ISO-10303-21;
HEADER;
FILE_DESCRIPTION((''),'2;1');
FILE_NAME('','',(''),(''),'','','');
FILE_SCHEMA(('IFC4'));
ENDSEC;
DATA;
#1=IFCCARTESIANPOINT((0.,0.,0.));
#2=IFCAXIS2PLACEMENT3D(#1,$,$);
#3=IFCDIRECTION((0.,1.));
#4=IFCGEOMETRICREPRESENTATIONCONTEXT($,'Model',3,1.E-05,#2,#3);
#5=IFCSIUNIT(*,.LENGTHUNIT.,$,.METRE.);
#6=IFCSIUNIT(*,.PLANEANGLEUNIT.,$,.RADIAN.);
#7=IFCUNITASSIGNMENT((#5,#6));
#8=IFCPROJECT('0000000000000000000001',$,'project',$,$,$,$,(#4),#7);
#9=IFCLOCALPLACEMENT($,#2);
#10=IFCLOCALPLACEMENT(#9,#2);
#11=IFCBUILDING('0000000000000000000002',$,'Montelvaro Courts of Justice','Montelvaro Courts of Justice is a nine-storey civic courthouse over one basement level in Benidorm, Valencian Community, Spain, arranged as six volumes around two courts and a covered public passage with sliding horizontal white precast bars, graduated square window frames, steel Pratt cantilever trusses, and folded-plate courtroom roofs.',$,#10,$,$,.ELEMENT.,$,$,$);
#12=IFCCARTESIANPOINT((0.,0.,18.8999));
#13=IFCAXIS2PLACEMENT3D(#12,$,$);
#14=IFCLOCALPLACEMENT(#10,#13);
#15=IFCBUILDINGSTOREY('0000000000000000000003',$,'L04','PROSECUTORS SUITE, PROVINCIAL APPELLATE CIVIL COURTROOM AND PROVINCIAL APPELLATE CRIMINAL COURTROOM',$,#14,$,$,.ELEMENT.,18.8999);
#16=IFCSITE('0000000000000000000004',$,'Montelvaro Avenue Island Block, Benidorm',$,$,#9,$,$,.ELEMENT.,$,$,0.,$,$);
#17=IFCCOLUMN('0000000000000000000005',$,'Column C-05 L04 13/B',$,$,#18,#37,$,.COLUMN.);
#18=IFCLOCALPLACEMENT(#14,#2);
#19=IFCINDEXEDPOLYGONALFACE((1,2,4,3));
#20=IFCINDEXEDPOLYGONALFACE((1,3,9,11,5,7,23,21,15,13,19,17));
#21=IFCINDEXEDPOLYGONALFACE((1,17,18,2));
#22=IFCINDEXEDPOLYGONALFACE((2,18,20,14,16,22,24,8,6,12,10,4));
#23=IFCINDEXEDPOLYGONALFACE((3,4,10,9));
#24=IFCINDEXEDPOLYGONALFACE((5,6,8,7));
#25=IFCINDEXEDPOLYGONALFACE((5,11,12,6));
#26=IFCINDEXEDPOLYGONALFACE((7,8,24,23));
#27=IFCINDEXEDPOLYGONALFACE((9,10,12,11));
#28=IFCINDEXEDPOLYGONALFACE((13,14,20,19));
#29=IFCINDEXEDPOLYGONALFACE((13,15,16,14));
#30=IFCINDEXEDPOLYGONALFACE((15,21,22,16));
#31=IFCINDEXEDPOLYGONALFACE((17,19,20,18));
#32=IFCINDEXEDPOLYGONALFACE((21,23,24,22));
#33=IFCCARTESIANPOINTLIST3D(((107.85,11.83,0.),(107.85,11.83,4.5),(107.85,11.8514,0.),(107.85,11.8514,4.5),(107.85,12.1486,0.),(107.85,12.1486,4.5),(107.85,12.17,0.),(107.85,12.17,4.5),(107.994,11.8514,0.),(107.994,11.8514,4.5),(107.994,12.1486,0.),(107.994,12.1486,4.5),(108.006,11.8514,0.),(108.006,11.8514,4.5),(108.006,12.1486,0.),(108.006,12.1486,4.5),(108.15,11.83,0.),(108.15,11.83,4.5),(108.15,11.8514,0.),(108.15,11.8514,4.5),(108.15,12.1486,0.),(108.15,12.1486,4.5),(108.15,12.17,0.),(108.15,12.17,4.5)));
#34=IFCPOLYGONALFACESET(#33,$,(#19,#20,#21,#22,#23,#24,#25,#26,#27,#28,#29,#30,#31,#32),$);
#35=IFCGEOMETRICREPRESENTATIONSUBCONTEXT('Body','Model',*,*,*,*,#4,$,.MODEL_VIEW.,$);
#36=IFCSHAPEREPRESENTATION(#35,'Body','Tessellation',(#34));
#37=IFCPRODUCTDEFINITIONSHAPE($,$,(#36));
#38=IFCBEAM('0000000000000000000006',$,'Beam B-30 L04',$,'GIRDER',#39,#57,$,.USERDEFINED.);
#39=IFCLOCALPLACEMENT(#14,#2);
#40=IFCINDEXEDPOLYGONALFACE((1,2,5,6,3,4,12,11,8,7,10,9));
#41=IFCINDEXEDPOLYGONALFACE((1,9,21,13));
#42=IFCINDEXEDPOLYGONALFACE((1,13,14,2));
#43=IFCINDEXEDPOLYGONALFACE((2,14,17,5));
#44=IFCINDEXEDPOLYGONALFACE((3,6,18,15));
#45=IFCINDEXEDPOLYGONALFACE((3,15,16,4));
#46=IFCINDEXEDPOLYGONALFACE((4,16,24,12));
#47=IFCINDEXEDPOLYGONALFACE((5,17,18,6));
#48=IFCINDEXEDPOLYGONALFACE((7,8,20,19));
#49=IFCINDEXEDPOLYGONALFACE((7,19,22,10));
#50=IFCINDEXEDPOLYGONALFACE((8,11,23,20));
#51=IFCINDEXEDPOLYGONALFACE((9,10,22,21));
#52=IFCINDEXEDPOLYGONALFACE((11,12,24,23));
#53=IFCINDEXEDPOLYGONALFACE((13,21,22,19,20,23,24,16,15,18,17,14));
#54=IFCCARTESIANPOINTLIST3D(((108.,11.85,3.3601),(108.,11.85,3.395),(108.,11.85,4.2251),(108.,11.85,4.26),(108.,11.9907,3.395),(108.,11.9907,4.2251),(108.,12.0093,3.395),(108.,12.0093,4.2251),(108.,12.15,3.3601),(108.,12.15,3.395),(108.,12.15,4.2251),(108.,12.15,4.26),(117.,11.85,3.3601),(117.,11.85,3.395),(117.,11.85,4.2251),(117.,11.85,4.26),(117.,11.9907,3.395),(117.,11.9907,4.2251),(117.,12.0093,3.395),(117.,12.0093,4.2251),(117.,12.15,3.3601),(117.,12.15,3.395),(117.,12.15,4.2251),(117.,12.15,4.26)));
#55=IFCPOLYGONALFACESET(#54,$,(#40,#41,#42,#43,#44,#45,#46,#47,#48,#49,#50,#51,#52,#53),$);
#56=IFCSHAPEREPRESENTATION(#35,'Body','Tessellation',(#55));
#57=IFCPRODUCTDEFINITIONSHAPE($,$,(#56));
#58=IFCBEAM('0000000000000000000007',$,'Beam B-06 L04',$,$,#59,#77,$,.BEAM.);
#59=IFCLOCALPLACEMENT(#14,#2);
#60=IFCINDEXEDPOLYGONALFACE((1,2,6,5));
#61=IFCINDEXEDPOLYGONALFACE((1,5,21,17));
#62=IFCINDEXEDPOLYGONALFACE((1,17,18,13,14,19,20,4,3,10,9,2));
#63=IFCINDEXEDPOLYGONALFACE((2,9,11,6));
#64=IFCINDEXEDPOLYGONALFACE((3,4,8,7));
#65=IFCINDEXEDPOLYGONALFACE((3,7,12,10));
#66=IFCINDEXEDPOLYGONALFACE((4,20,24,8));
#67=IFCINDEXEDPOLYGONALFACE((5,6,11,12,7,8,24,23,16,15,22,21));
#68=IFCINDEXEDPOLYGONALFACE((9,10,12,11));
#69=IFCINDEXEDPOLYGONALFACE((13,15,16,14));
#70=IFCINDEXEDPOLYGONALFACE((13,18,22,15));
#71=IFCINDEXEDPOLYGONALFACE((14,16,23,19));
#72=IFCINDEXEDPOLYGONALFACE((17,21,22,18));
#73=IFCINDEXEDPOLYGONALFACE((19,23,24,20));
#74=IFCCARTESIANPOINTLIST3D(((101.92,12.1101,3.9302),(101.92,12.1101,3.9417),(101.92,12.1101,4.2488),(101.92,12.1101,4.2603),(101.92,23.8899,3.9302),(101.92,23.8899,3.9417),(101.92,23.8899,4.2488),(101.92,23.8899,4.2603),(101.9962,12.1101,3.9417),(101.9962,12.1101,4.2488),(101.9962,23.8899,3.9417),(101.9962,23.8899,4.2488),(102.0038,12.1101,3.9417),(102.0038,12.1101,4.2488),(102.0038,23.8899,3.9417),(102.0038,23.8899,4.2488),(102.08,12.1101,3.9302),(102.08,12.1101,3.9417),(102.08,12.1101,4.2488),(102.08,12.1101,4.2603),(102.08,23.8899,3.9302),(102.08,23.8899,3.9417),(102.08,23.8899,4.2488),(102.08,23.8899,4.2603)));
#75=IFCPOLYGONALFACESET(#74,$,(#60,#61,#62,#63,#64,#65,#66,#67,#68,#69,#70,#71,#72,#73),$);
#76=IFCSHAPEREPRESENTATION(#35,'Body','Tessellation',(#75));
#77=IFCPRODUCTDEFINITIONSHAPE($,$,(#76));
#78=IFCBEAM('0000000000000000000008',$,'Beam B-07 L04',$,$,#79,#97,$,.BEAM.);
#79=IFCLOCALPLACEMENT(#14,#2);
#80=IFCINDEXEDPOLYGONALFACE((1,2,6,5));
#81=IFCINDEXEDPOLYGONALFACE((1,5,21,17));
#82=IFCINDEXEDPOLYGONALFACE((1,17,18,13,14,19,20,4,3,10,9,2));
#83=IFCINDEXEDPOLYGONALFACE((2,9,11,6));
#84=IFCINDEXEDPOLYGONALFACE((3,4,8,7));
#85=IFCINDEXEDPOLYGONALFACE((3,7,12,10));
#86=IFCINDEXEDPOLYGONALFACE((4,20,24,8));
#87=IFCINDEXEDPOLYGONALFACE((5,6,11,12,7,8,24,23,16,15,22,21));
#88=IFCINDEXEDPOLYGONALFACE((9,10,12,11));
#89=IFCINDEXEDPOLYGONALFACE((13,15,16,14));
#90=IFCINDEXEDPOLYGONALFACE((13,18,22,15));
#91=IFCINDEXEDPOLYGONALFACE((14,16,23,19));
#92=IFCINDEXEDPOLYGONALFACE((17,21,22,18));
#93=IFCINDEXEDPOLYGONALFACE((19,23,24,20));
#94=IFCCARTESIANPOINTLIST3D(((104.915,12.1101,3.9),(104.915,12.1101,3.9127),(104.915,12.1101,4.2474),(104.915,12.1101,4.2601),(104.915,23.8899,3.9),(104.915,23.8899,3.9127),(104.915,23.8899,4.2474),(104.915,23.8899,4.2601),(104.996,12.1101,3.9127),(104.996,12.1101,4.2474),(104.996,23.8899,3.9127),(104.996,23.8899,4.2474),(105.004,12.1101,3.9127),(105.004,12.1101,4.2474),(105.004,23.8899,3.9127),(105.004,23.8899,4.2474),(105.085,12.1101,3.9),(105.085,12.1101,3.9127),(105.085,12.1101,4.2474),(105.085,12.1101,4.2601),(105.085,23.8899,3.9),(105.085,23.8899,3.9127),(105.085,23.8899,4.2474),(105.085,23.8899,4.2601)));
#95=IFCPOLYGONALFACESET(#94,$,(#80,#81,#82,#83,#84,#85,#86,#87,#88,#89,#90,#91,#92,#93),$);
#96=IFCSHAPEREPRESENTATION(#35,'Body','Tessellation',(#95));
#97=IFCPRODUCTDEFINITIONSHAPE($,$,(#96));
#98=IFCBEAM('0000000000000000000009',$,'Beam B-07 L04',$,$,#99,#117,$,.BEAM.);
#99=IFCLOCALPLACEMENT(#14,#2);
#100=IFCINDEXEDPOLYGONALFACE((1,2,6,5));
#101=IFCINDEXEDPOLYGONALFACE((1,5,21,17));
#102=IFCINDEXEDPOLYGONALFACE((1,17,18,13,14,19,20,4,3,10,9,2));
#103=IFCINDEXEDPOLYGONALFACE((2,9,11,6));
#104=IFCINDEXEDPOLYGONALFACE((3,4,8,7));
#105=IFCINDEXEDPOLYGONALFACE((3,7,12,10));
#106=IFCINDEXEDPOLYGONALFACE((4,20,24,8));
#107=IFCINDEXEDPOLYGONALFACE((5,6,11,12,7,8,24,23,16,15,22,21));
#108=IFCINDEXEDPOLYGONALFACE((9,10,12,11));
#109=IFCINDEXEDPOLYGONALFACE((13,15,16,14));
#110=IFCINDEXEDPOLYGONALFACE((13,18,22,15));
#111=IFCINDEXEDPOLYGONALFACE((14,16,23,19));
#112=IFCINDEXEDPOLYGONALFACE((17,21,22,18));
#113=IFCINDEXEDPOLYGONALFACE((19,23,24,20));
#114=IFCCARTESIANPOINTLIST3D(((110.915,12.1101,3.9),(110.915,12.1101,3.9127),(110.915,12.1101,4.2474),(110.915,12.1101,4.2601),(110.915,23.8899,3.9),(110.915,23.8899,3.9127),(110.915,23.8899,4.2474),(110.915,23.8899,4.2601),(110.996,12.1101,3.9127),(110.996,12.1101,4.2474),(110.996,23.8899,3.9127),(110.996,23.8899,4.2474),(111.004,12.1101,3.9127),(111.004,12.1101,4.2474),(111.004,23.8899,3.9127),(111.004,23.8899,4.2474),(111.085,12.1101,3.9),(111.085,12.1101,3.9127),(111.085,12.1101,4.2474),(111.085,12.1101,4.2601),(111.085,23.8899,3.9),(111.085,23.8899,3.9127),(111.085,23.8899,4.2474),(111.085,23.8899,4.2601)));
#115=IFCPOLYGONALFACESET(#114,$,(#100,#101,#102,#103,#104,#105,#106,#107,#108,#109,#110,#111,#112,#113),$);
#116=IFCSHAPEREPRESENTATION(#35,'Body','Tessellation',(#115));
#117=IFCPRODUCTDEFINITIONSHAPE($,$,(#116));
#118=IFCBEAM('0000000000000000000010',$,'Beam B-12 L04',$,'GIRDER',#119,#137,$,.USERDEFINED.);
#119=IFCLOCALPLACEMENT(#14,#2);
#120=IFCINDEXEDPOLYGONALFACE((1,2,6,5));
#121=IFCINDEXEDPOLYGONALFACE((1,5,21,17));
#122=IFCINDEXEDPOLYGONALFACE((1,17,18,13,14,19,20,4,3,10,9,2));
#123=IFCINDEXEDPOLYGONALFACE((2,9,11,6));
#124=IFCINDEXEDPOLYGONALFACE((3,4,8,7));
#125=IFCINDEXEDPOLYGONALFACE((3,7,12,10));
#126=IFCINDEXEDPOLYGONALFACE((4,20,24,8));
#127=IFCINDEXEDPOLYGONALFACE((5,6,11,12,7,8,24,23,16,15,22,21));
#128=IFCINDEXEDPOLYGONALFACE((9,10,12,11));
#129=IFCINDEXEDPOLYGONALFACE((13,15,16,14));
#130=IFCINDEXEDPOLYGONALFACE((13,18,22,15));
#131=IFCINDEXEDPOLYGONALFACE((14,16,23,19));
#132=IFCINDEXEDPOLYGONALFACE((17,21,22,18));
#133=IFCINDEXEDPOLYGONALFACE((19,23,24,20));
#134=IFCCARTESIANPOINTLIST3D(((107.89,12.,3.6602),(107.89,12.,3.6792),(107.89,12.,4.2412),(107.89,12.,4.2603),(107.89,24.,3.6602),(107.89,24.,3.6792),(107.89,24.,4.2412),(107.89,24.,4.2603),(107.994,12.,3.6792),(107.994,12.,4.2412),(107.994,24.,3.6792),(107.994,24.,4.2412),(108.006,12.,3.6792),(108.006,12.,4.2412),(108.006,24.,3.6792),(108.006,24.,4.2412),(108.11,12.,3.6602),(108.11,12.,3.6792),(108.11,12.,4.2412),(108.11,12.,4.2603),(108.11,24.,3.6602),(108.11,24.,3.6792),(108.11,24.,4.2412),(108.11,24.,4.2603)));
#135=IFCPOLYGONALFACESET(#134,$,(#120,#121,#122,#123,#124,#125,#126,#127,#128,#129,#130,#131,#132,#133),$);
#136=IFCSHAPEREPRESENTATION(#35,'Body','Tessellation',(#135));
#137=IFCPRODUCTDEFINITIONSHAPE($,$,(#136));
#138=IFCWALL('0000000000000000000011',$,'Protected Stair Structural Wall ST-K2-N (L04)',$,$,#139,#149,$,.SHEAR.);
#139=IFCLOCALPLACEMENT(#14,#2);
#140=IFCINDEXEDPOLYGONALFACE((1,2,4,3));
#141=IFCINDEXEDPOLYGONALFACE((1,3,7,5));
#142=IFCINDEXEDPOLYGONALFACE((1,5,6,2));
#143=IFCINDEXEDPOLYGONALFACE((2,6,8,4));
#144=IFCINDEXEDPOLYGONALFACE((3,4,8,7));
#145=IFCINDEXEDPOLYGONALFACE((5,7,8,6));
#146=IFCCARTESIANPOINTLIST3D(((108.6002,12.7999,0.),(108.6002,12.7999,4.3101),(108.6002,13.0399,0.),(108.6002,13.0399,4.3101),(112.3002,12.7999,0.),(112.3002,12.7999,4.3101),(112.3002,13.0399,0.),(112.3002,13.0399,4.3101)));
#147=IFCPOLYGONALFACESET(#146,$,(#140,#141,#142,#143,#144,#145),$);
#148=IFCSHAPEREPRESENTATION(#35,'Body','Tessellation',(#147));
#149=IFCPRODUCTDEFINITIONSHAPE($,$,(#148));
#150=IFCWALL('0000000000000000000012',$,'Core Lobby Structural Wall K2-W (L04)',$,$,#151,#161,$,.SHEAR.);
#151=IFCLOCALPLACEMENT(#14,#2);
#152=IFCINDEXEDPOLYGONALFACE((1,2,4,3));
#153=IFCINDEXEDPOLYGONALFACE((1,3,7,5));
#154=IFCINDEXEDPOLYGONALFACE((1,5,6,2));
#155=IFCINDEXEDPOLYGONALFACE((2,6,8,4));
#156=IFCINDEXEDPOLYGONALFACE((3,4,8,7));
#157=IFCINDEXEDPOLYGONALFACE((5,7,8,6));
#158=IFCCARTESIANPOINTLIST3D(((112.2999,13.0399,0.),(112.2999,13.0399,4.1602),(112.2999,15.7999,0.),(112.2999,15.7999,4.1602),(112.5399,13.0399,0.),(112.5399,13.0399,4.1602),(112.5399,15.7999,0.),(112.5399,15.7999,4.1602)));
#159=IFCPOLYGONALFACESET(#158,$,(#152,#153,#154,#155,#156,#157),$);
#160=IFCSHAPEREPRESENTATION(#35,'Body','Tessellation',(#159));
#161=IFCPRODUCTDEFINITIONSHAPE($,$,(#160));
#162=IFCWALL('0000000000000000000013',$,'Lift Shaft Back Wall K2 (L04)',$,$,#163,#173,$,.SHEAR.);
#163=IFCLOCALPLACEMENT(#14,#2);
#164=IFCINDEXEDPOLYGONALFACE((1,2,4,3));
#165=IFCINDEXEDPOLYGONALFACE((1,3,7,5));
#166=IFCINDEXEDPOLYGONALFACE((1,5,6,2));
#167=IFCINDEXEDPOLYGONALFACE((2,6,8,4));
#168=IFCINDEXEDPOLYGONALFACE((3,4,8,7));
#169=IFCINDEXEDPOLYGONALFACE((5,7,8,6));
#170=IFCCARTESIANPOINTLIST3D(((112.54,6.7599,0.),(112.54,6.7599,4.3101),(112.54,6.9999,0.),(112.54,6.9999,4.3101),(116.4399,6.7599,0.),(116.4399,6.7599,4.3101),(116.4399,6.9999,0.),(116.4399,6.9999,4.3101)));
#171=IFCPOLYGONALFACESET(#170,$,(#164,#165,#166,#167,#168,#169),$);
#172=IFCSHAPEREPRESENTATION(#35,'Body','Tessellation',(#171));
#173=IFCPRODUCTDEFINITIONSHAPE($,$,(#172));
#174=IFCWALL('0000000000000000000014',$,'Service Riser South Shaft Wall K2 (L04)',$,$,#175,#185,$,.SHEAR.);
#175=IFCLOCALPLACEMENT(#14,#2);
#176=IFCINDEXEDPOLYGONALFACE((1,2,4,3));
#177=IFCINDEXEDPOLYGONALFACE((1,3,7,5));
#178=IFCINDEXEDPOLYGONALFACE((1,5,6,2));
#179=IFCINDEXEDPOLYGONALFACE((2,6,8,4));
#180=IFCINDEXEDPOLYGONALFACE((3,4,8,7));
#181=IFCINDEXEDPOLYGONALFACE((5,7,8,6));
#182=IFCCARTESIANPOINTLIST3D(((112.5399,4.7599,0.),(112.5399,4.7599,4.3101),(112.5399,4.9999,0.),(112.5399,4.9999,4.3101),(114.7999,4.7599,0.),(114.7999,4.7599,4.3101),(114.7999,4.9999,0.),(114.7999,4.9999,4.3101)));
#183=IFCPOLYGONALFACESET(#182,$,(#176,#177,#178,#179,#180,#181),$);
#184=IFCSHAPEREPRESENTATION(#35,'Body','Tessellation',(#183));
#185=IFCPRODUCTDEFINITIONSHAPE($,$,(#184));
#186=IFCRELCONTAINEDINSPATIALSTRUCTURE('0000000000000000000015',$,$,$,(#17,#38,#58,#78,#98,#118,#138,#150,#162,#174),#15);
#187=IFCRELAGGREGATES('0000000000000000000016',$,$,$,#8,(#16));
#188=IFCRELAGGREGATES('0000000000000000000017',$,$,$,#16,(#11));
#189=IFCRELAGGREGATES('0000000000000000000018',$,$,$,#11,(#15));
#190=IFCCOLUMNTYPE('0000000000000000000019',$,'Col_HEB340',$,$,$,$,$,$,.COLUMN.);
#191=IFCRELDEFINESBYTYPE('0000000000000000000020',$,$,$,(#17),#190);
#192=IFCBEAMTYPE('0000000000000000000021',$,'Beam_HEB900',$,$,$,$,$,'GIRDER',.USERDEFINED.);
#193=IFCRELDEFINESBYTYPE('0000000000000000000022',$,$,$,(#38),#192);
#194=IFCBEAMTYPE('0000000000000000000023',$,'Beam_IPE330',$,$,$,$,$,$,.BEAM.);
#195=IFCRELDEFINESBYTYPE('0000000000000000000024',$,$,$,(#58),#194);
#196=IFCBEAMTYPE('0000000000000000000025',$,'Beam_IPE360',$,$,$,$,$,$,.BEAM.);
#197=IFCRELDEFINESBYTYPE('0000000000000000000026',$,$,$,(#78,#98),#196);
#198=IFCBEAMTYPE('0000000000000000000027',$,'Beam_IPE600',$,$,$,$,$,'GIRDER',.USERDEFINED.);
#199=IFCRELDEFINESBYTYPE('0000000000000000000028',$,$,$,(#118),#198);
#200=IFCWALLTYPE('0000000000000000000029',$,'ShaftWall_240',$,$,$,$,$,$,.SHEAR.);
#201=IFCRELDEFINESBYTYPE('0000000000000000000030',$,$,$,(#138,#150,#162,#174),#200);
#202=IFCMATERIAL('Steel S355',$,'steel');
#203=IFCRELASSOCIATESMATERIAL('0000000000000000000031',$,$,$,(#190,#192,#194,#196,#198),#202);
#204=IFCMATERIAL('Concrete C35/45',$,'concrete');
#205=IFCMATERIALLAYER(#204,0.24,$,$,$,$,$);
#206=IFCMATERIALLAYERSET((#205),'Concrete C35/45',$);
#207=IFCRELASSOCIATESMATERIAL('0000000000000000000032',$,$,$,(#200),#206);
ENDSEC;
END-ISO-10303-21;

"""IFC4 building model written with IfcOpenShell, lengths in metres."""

from ifc_helpers import new_model, si_unit, direction, frame, frame_2d, origin, origin_2d, place, context, subcontext, project, spatial, rectangle, i_section, extrude, material, layer, layer_set, material_profile, profile_set, type_object, element, save


model = new_model("IFC4")

# Units and contexts
model_context = context("Model", 3, precision=1e-05, world=origin(), true_north=direction((0.0, 1.0)))
body_context = subcontext(model_context, "Body", "Model", "MODEL_VIEW")
ifc_project = project(units=[si_unit("LENGTHUNIT", "METRE"), si_unit("PLANEANGLEUNIT", "RADIAN")], contexts=[model_context])

# Site, building, storey
site_placement = place(None, origin())
site = spatial("IfcSite", under=ifc_project, at=site_placement, Name="Montelvaro Avenue Island Block, Benidorm", CompositionType="ELEMENT", RefElevation=0.0)
building_placement = place(site_placement, origin())
building = spatial("IfcBuilding", under=site, at=building_placement, Name="Montelvaro Courts of Justice", Description="Montelvaro Courts of Justice is a nine-storey civic courthouse over one basement level in Benidorm, Valencian Community, Spain, arranged as six volumes around two courts and a covered public passage with sliding horizontal white precast bars, graduated square window frames, steel Pratt cantilever trusses, and folded-plate courtroom roofs.", CompositionType="ELEMENT")
storey_placement = place(building_placement, frame((0.0, 0.0, 18.8999)))
storey = spatial("IfcBuildingStorey", under=building, at=storey_placement, Name="L04", Description="PROSECUTORS SUITE, PROVINCIAL APPELLATE CIVIL COURTROOM AND PROVINCIAL APPELLATE CRIMINAL COURTROOM", CompositionType="ELEMENT", Elevation=18.8999)

# Column
ifc_material_1 = material(Name="Steel S355", Category="steel")
ifc_material_profile_1 = material_profile(ifc_material_1, i_section(OverallWidth=0.3, OverallDepth=0.3401, WebThickness=0.012, FlangeThickness=0.0215, at=origin_2d()), Name="HEB 340")
ifc_profile_set_1 = profile_set([ifc_material_profile_1], Name="Steel S355")
column_type = type_object("IfcColumnType", Name="Col_HEB340", PredefinedType="COLUMN", material=ifc_profile_set_1)
column_placement = place(storey_placement, frame((108.0, 12.0, 0.0), z_axis=(0.0, 0.0, 1.0), x_axis=(1.0, 0.0, 0.0)))
element("IfcColumn", 1, at=column_placement, inside=storey, type_object=column_type, Name="Column C-05 L04 13/B", PredefinedType="COLUMN", context=body_context, shape_type="SweptSolid", body=[
    extrude(i_section(OverallWidth=0.3, OverallDepth=0.3401, WebThickness=0.012, FlangeThickness=0.0215, at=origin_2d()), origin(), (0.0, 0.0, 1.0), 4.5),
])

# Beams
ifc_material_profile_2 = material_profile(ifc_material_1, i_section(OverallWidth=0.3, OverallDepth=0.8999, WebThickness=0.0186, FlangeThickness=0.0349, at=origin_2d()), Name="HEB 900")
ifc_profile_set_2 = profile_set([ifc_material_profile_2], Name="Steel S355")
beam_type_1 = type_object("IfcBeamType", Name="Beam_HEB900", ElementType="GIRDER", PredefinedType="USERDEFINED", material=ifc_profile_set_2)
beam_1_placement = place(storey_placement, frame((108.0, 12.0, 3.8101), z_axis=(1.0, 0.0, 0.0), x_axis=(0.0, 1.0, 0.0)))
element("IfcBeam", 2, at=beam_1_placement, inside=storey, type_object=beam_type_1, Name="Beam B-30 L04", ObjectType="GIRDER", PredefinedType="USERDEFINED", context=body_context, shape_type="SweptSolid", body=[
    extrude(i_section(OverallWidth=0.3, OverallDepth=0.8999, WebThickness=0.0186, FlangeThickness=0.0349, at=origin_2d()), origin(), (0.0, 0.0, 1.0), 9.0),
])
ifc_material_profile_3 = material_profile(ifc_material_1, i_section(OverallWidth=0.1599, OverallDepth=0.3301, WebThickness=0.0076, FlangeThickness=0.0115, at=origin_2d()), Name="IPE 330")
ifc_profile_set_3 = profile_set([ifc_material_profile_3], Name="Steel S355")
beam_type_2 = type_object("IfcBeamType", Name="Beam_IPE330", PredefinedType="BEAM", material=ifc_profile_set_3)
beam_2_placement = place(storey_placement, frame((102.0, 12.1101, 4.0952), z_axis=(0.0, 1.0, 0.0), x_axis=(-1.0, 0.0, 0.0)))
element("IfcBeam", 3, at=beam_2_placement, inside=storey, type_object=beam_type_2, Name="Beam B-06 L04", PredefinedType="BEAM", context=body_context, shape_type="SweptSolid", body=[
    extrude(i_section(OverallWidth=0.1599, OverallDepth=0.3301, WebThickness=0.0076, FlangeThickness=0.0115, at=origin_2d()), origin(), (0.0, 0.0, 1.0), 11.7798),
])
ifc_material_profile_4 = material_profile(ifc_material_1, i_section(OverallWidth=0.1699, OverallDepth=0.3601, WebThickness=0.0081, FlangeThickness=0.0127, at=origin_2d()), Name="IPE 360")
ifc_profile_set_4 = profile_set([ifc_material_profile_4], Name="Steel S355")
beam_type_3 = type_object("IfcBeamType", Name="Beam_IPE360", PredefinedType="BEAM", material=ifc_profile_set_4)
for number, where, z_axis, x_axis, name in (
    (4, (105.0, 12.1101, 4.0801), (0.0, 1.0, 0.0), (-1.0, 0.0, 0.0), "Beam B-07 L04"),
    (5, (111.0, 12.1101, 4.0801), (0.0, 1.0, 0.0), (-1.0, 0.0, 0.0), "Beam B-07 L04"),
):
    element("IfcBeam", number, at=place(storey_placement, frame(where, z_axis=z_axis, x_axis=x_axis)), inside=storey, type_object=beam_type_3, Name=name, PredefinedType="BEAM", context=body_context, shape_type="SweptSolid", body=[
        extrude(i_section(OverallWidth=0.1699, OverallDepth=0.3601, WebThickness=0.0081, FlangeThickness=0.0127, at=origin_2d()), origin(), (0.0, 0.0, 1.0), 11.7798),
    ])
ifc_material_profile_5 = material_profile(ifc_material_1, i_section(OverallWidth=0.22, OverallDepth=0.6001, WebThickness=0.012, FlangeThickness=0.019, at=origin_2d()), Name="IPE 600")
ifc_profile_set_5 = profile_set([ifc_material_profile_5], Name="Steel S355")
beam_type_4 = type_object("IfcBeamType", Name="Beam_IPE600", ElementType="GIRDER", PredefinedType="USERDEFINED", material=ifc_profile_set_5)
beam_3_placement = place(storey_placement, frame((108.0, 12.0, 3.9602), z_axis=(0.0, 1.0, 0.0), x_axis=(-1.0, 0.0, 0.0)))
element("IfcBeam", 6, at=beam_3_placement, inside=storey, type_object=beam_type_4, Name="Beam B-12 L04", ObjectType="GIRDER", PredefinedType="USERDEFINED", context=body_context, shape_type="SweptSolid", body=[
    extrude(i_section(OverallWidth=0.22, OverallDepth=0.6001, WebThickness=0.012, FlangeThickness=0.019, at=origin_2d()), origin(), (0.0, 0.0, 1.0), 12.0),
])

# Walls
ifc_material_2 = material(Name="Concrete C35/45", Category="concrete")
ifc_layer = layer(ifc_material_2, 0.24)
ifc_layer_set = layer_set([ifc_layer], Name="Concrete C35/45")
wall_type = type_object("IfcWallType", Name="ShaftWall_240", PredefinedType="SHEAR", material=ifc_layer_set)
wall_1_placement = place(storey_placement, frame((108.6001, 12.9199, 0.0), z_axis=(0.0, 0.0, 1.0), x_axis=(1.0, 0.0, 0.0)))
element("IfcWall", 7, at=wall_1_placement, inside=storey, type_object=wall_type, Name="Protected Stair Structural Wall ST-K2-N (L04)", PredefinedType="SHEAR", context=body_context, shape_type="SweptSolid", body=[
    extrude(rectangle(XDim=3.7, YDim=0.24, at=frame_2d((1.8501, 0.0))), origin(), (0.0, 0.0, 1.0), 4.3101),
])
wall_2_placement = place(storey_placement, frame((112.4199, 13.04, 0.0), z_axis=(0.0, 0.0, 1.0), x_axis=(0.0, 1.0, 0.0)))
element("IfcWall", 8, at=wall_2_placement, inside=storey, type_object=wall_type, Name="Core Lobby Structural Wall K2-W (L04)", PredefinedType="SHEAR", context=body_context, shape_type="SweptSolid", body=[
    extrude(rectangle(XDim=2.76, YDim=0.24, at=frame_2d((1.3799, 0.0))), origin(), (0.0, 0.0, 1.0), 4.1602),
])
wall_3_placement = place(storey_placement, frame((112.54, 6.8799, 0.0), z_axis=(0.0, 0.0, 1.0), x_axis=(1.0, 0.0, 0.0)))
element("IfcWall", 9, at=wall_3_placement, inside=storey, type_object=wall_type, Name="Lift Shaft Back Wall K2 (L04)", PredefinedType="SHEAR", context=body_context, shape_type="SweptSolid", body=[
    extrude(rectangle(XDim=3.8999, YDim=0.24, at=frame_2d((1.95, 0.0))), origin(), (0.0, 0.0, 1.0), 4.3101),
])
wall_4_placement = place(storey_placement, frame((112.54, 4.8799, 0.0), z_axis=(0.0, 0.0, 1.0), x_axis=(1.0, 0.0, 0.0)))
element("IfcWall", 10, at=wall_4_placement, inside=storey, type_object=wall_type, Name="Service Riser South Shaft Wall K2 (L04)", PredefinedType="SHEAR", context=body_context, shape_type="SweptSolid", body=[
    extrude(rectangle(XDim=2.26, YDim=0.24, at=frame_2d((1.1299, 0.0))), origin(), (0.0, 0.0, 1.0), 4.3101),
])

save(model, "model.ifc")
